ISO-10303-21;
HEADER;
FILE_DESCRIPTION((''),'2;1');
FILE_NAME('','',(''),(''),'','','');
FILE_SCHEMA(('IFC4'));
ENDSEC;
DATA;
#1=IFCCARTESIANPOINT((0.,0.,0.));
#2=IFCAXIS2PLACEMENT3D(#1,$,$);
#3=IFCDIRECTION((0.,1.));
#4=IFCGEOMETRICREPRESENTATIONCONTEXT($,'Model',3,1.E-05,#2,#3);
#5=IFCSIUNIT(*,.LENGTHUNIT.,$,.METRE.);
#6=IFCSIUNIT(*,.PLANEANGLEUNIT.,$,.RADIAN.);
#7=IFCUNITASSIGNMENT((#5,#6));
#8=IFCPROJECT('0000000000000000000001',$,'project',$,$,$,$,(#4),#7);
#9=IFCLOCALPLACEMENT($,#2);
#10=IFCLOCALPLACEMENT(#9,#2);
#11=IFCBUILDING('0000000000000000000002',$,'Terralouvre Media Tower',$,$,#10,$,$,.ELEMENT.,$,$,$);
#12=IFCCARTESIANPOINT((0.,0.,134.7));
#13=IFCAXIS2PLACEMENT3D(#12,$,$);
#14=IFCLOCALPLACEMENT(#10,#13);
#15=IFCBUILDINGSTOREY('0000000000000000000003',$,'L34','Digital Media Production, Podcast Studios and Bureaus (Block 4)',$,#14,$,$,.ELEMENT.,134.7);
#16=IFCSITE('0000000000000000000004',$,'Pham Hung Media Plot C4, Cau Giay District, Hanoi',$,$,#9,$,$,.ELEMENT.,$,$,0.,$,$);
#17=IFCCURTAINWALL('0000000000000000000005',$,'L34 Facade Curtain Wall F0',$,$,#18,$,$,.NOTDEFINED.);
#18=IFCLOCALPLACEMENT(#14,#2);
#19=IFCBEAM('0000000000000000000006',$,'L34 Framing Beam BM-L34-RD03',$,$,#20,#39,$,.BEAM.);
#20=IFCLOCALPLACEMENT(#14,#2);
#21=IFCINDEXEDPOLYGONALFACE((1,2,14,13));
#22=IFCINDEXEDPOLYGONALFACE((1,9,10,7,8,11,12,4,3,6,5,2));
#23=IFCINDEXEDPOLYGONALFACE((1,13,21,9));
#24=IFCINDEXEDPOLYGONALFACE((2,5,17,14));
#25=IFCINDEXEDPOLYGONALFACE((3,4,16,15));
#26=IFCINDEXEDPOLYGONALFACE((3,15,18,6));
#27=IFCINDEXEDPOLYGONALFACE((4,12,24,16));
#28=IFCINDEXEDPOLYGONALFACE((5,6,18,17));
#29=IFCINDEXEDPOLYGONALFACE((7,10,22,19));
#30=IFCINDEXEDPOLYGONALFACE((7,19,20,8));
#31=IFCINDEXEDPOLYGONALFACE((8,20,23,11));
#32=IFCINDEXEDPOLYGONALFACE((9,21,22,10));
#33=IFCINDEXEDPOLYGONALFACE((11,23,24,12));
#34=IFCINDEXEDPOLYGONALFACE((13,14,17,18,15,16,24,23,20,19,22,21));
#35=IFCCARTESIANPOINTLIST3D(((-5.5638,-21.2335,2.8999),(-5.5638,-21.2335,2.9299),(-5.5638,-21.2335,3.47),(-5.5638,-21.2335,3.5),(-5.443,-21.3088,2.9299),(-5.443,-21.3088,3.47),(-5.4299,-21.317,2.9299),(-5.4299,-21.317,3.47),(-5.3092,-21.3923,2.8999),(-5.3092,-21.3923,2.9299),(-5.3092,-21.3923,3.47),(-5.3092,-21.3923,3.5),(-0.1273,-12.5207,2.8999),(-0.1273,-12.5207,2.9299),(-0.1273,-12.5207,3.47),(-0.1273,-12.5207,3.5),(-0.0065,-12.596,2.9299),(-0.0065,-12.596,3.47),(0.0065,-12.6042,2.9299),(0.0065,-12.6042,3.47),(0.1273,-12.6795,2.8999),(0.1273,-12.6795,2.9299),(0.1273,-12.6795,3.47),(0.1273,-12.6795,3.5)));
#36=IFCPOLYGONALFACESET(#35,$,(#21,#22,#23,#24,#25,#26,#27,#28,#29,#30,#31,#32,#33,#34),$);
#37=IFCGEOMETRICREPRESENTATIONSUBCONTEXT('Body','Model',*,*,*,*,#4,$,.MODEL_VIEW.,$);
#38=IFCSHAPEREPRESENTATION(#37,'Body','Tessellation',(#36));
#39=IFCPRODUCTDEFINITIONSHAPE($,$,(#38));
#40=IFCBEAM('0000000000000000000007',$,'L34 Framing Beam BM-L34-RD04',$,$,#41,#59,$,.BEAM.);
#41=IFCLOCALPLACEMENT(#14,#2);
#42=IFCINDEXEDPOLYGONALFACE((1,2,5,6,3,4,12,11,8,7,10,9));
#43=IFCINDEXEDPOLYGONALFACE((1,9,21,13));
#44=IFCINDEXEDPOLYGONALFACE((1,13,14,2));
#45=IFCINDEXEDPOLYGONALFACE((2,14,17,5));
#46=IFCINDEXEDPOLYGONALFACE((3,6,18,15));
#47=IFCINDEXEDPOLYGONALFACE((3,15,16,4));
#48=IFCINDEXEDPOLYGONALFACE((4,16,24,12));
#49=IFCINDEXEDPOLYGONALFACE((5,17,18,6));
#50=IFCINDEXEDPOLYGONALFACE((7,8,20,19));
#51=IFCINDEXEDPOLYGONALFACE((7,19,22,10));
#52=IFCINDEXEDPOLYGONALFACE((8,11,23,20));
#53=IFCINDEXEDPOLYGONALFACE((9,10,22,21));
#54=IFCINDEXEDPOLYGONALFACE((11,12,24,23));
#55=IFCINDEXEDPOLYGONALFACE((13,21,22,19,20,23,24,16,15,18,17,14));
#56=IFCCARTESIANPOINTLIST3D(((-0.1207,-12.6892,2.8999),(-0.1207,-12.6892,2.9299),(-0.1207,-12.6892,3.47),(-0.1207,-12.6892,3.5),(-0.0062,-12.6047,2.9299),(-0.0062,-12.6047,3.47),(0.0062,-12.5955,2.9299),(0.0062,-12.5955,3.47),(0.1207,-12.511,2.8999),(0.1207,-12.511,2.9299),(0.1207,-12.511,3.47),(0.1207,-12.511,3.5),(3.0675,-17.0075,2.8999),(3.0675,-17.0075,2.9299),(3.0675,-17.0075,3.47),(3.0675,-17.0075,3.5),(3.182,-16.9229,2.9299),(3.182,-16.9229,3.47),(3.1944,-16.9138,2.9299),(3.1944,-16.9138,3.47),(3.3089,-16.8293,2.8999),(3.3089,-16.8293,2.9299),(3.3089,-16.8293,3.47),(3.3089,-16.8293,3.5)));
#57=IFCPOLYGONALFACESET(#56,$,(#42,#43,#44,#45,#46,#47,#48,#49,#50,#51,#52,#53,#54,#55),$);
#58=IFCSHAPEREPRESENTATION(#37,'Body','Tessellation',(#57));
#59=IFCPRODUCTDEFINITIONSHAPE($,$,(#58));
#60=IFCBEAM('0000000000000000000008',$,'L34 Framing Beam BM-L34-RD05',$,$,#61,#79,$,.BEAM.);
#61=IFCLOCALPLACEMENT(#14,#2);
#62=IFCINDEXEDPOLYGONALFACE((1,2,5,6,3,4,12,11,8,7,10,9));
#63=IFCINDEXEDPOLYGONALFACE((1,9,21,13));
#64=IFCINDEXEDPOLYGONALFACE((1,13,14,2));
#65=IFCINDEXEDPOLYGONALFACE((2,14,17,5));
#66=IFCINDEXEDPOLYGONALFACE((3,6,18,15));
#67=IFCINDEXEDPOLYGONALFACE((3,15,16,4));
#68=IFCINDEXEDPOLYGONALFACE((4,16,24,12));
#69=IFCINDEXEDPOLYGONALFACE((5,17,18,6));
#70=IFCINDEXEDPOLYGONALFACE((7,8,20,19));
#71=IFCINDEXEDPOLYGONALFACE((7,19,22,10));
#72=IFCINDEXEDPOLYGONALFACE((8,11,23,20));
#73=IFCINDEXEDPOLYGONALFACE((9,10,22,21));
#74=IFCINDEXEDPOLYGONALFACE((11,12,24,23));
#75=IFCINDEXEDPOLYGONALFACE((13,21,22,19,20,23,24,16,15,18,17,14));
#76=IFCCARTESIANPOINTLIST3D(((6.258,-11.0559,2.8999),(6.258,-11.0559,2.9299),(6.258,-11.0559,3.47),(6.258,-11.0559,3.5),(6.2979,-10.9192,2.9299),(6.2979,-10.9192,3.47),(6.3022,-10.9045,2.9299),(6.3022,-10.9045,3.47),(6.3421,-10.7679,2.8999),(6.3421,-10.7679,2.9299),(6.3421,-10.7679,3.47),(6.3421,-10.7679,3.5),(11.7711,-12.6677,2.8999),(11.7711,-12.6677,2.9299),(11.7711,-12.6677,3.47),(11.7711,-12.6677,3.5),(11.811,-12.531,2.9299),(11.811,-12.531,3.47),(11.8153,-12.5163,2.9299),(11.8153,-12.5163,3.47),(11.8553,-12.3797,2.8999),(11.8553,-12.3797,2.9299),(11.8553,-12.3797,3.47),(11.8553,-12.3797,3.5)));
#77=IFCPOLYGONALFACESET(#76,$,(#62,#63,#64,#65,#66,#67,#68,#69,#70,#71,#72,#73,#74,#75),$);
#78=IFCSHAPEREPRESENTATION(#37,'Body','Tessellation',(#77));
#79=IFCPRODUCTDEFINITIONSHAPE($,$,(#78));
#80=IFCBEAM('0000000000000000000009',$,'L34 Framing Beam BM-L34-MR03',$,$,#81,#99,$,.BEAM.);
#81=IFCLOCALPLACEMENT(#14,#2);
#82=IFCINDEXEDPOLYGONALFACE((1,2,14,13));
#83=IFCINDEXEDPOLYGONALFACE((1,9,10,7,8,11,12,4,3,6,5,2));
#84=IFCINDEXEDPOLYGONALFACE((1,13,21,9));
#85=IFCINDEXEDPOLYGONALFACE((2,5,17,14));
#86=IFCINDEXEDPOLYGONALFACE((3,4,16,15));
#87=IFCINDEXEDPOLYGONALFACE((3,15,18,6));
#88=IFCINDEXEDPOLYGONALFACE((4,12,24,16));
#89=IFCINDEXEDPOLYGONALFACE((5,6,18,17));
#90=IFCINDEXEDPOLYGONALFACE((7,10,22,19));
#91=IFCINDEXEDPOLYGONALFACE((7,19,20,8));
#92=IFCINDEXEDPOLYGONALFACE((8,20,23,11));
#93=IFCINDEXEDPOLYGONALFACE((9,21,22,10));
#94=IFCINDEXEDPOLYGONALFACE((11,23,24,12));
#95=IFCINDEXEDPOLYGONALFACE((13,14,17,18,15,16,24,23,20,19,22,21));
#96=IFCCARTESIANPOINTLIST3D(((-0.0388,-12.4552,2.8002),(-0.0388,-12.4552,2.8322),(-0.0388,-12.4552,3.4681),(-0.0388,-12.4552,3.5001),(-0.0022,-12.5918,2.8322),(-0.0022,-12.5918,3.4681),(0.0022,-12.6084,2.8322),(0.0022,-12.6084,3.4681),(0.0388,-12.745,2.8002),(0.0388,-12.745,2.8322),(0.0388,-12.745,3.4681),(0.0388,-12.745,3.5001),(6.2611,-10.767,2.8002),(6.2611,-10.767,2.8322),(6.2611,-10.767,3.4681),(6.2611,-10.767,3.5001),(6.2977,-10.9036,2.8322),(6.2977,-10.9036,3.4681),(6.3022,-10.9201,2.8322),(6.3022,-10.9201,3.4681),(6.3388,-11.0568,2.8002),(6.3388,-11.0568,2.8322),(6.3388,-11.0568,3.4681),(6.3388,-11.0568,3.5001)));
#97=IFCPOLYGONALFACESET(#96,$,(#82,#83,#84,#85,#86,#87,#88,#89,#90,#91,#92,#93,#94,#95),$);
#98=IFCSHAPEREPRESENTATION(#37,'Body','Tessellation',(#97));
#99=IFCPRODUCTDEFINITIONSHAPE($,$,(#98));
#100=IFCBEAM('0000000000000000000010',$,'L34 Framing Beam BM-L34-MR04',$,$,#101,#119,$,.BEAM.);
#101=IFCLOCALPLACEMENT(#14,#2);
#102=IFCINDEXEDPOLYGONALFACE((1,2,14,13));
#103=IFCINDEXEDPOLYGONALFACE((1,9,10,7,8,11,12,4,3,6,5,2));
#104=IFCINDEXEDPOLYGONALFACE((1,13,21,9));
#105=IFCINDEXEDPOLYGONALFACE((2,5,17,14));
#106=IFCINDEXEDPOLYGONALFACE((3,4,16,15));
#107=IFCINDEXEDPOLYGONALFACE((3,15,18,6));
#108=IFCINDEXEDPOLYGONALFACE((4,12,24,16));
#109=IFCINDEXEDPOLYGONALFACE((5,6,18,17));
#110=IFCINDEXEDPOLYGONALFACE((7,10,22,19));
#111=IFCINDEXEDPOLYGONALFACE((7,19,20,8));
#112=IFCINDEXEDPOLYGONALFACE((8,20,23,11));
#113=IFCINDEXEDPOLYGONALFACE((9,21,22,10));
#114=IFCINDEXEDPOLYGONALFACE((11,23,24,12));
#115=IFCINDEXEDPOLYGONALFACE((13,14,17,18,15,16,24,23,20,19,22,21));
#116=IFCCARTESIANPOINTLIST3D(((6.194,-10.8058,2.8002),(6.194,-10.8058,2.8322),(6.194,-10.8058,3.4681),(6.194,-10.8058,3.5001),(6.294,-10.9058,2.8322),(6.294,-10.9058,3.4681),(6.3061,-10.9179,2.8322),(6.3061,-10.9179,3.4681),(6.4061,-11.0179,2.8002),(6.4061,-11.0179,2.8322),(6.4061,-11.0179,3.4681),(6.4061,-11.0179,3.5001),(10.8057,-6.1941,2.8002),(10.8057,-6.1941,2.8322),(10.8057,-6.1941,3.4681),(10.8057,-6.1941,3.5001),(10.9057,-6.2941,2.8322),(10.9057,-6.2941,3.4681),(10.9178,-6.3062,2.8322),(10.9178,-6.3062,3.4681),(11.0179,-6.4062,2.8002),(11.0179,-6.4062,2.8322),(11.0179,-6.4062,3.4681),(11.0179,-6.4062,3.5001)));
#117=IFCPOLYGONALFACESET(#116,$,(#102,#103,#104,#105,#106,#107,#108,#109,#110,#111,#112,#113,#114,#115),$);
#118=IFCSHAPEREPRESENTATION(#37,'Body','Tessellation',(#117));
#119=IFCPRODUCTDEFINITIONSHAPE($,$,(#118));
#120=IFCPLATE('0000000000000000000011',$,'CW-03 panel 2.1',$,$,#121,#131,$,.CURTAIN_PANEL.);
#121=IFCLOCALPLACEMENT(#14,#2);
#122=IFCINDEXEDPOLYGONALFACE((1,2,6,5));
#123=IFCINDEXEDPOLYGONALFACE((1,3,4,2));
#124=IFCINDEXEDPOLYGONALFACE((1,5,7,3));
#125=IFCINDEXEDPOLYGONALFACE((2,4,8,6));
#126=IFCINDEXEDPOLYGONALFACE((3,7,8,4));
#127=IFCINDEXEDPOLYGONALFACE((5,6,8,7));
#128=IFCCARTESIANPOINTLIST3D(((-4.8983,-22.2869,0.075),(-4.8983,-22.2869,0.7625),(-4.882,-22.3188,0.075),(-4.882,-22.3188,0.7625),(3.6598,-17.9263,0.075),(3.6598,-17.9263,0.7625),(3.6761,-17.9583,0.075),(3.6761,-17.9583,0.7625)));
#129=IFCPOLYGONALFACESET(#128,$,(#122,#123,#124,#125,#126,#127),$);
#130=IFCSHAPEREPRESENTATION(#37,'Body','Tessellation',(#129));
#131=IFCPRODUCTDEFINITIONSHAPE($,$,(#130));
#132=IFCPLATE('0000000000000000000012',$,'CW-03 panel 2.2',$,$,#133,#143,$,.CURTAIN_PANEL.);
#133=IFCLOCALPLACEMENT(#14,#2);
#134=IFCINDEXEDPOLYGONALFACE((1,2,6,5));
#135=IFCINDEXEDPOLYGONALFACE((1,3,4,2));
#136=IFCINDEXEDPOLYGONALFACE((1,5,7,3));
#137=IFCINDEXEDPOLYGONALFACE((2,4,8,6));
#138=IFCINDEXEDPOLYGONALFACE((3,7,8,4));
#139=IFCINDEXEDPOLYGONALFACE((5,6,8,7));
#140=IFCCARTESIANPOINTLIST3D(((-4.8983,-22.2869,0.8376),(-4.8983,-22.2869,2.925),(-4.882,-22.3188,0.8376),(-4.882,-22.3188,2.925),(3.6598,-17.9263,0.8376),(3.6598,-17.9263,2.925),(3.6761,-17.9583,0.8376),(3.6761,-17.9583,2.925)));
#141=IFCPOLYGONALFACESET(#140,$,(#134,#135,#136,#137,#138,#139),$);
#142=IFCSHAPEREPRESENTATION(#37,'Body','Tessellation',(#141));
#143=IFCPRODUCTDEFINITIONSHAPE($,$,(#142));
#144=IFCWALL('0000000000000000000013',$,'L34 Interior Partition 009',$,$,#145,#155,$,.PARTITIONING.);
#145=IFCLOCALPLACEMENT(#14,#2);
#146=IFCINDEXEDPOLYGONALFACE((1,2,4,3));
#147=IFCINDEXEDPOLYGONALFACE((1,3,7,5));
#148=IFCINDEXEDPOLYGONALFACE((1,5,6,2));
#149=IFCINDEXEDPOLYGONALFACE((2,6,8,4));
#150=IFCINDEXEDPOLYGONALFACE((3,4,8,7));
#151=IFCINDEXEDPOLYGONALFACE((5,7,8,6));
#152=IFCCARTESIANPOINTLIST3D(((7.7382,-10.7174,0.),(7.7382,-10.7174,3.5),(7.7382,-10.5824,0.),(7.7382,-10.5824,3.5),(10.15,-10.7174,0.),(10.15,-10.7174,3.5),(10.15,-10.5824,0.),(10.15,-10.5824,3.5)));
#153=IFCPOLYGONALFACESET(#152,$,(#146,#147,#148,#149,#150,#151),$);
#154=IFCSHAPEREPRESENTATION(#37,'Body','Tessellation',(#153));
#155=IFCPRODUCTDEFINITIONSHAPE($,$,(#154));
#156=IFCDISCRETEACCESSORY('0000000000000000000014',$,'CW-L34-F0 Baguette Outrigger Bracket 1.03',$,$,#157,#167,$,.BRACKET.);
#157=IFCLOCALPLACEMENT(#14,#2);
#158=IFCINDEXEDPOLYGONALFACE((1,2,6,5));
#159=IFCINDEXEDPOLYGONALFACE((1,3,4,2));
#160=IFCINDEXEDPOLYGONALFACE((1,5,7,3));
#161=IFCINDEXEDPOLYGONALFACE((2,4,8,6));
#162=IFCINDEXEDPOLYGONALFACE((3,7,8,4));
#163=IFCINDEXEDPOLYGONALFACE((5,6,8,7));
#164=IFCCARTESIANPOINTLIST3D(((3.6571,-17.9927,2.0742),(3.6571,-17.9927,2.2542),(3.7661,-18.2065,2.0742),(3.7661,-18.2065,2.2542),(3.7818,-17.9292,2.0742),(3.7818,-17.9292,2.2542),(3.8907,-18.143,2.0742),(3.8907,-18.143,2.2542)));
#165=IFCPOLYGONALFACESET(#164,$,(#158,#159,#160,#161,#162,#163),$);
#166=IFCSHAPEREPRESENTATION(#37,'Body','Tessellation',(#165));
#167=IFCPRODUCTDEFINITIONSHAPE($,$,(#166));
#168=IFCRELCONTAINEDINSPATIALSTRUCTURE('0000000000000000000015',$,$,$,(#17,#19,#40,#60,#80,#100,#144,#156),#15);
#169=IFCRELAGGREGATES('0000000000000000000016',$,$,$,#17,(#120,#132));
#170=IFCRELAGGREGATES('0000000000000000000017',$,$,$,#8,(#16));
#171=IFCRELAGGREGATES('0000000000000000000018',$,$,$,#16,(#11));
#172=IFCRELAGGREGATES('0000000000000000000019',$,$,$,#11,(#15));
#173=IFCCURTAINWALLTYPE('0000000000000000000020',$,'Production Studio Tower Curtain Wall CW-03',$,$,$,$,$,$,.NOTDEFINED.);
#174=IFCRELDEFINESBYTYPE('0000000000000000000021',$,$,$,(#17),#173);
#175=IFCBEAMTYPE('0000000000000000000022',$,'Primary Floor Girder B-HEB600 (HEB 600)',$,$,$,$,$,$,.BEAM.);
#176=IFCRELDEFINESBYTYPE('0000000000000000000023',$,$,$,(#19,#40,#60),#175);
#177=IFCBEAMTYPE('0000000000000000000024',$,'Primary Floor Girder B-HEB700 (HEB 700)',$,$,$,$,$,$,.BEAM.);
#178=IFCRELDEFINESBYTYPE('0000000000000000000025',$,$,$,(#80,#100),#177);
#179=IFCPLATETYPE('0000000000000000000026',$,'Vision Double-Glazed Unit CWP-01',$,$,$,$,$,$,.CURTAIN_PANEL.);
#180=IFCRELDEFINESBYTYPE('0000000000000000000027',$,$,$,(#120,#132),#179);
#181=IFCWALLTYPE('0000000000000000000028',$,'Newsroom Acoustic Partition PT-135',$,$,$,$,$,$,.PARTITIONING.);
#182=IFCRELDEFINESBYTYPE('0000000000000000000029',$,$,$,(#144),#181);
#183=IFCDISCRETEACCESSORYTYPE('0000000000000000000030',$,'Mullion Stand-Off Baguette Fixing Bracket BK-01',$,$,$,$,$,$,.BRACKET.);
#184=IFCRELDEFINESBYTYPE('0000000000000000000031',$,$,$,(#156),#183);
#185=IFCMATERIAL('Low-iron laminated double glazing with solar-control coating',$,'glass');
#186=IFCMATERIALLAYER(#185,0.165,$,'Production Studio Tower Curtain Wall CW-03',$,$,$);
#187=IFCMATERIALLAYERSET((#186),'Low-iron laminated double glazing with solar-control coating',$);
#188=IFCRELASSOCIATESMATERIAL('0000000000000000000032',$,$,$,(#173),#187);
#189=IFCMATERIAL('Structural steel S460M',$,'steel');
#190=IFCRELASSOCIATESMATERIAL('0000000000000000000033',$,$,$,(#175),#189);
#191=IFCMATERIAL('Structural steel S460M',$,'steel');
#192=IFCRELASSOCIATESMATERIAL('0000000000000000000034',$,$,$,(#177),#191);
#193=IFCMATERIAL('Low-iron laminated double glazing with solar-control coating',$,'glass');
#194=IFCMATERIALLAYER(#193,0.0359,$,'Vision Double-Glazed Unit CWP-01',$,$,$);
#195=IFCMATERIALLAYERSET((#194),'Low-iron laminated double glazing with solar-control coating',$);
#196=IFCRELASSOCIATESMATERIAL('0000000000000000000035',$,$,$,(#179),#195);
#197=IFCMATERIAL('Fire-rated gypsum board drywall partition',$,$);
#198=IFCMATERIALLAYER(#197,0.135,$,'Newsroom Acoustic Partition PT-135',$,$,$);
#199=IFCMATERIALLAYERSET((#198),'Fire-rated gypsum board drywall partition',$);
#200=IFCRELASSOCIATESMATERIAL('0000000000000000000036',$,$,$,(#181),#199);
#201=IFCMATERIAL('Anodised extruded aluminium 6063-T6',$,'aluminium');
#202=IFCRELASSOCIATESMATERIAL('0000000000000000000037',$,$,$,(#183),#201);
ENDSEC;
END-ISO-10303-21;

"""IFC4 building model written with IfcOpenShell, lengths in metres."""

from ifc_helpers import new_model, si_unit, direction, frame, frame_2d, origin, origin_2d, place, context, subcontext, project, spatial, rectangle, i_section, extrude, material, layer, layer_set, material_profile, profile_set, type_object, element, aggregate, save


model = new_model("IFC4")

# Units and contexts
model_context = context("Model", 3, precision=1e-05, world=origin(), true_north=direction((0.0, 1.0)))
body_context = subcontext(model_context, "Body", "Model", "MODEL_VIEW")
ifc_project = project(units=[si_unit("LENGTHUNIT", "METRE"), si_unit("PLANEANGLEUNIT", "RADIAN")], contexts=[model_context])

# Site, building, storey
site_placement = place(None, origin())
site = spatial("IfcSite", under=ifc_project, at=site_placement, Name="Pham Hung Media Plot C4, Cau Giay District, Hanoi", CompositionType="ELEMENT", RefElevation=0.0)
building_placement = place(site_placement, origin())
building = spatial("IfcBuilding", under=site, at=building_placement, Name="Terralouvre Media Tower", CompositionType="ELEMENT")
storey_placement = place(building_placement, frame((0.0, 0.0, 134.7)))
storey = spatial("IfcBuildingStorey", under=building, at=storey_placement, Name="L34", Description="Digital Media Production, Podcast Studios and Bureaus (Block 4)", CompositionType="ELEMENT", Elevation=134.7)

# Curtain wall
ifc_material_1 = material(Name="Low-iron laminated double glazing with solar-control coating", Category="glass")
ifc_layer_1 = layer(ifc_material_1, 0.165, Name="Production Studio Tower Curtain Wall CW-03")
ifc_layer_set_1 = layer_set([ifc_layer_1], Name="Low-iron laminated double glazing with solar-control coating")
curtain_wall_type = type_object("IfcCurtainWallType", Name="Production Studio Tower Curtain Wall CW-03", PredefinedType="NOTDEFINED", material=ifc_layer_set_1)
curtain_wall_placement = place(storey_placement, origin())
curtain_wall = element("IfcCurtainWall", 1, at=curtain_wall_placement, inside=storey, type_object=curtain_wall_type, Name="L34 Facade Curtain Wall F0", PredefinedType="NOTDEFINED")

# Beams
ifc_material_2 = material(Name="Structural steel S460M", Category="steel")
ifc_material_profile_1 = material_profile(ifc_material_2, i_section(OverallWidth=0.3, OverallDepth=0.6001, WebThickness=0.0154, FlangeThickness=0.03, at=origin_2d()), Name="HEB 600")
ifc_profile_set_1 = profile_set([ifc_material_profile_1], Name="Structural steel S460M")
beam_type_1 = type_object("IfcBeamType", Name="Primary Floor Girder B-HEB600 (HEB 600)", PredefinedType="BEAM", material=ifc_profile_set_1)
beam_1_placement = place(storey_placement, frame((0.0, -12.6001, 3.2), z_axis=(-0.529366, -0.848393, 0.0), x_axis=(0.848393, -0.529366, 0.0)))
element("IfcBeam", 2, at=beam_1_placement, inside=storey, type_object=beam_type_1, Name="L34 Framing Beam BM-L34-RD03", PredefinedType="BEAM", context=body_context, shape_type="SweptSolid", body=[
    extrude(i_section(OverallWidth=0.3, OverallDepth=0.6001, WebThickness=0.0154, FlangeThickness=0.03, at=origin_2d()), origin(), (0.0, 0.0, 1.0), 10.2698),
])
beam_2_placement = place(storey_placement, frame((0.0, -12.6001, 3.2), z_axis=(0.593957, -0.804496, 0.0), x_axis=(0.804496, 0.593957, 0.0)))
element("IfcBeam", 3, at=beam_2_placement, inside=storey, type_object=beam_type_1, Name="L34 Framing Beam BM-L34-RD04", PredefinedType="BEAM", context=body_context, shape_type="SweptSolid", body=[
    extrude(i_section(OverallWidth=0.3, OverallDepth=0.6001, WebThickness=0.0154, FlangeThickness=0.03, at=origin_2d()), origin(), (0.0, 0.0, 1.0), 5.3677),
])
beam_3_placement = place(storey_placement, frame((6.3, -10.9119, 3.2), z_axis=(0.959822, -0.28061, 0.0), x_axis=(0.28061, 0.959822, 0.0)))
element("IfcBeam", 4, at=beam_3_placement, inside=storey, type_object=beam_type_1, Name="L34 Framing Beam BM-L34-RD05", PredefinedType="BEAM", context=body_context, shape_type="SweptSolid", body=[
    extrude(i_section(OverallWidth=0.3, OverallDepth=0.6001, WebThickness=0.0154, FlangeThickness=0.03, at=origin_2d()), origin(), (0.0, 0.0, 1.0), 5.7439),
])
ifc_material_3 = material(Name="Structural steel S460M", Category="steel")
ifc_material_profile_2 = material_profile(ifc_material_3, i_section(OverallWidth=0.3, OverallDepth=0.7, WebThickness=0.0171, FlangeThickness=0.032, at=origin_2d()), Name="HEB 700")
ifc_profile_set_2 = profile_set([ifc_material_profile_2], Name="Structural steel S460M")
beam_type_2 = type_object("IfcBeamType", Name="Primary Floor Girder B-HEB700 (HEB 700)", PredefinedType="BEAM", material=ifc_profile_set_2)
beam_4_placement = place(storey_placement, frame((0.0, -12.6001, 3.1501), z_axis=(0.96592, 0.258839, 0.0), x_axis=(-0.258839, 0.96592, 0.0)))
element("IfcBeam", 5, at=beam_4_placement, inside=storey, type_object=beam_type_2, Name="L34 Framing Beam BM-L34-MR03", PredefinedType="BEAM", context=body_context, shape_type="SweptSolid", body=[
    extrude(i_section(OverallWidth=0.3, OverallDepth=0.7, WebThickness=0.0171, FlangeThickness=0.032, at=origin_2d()), origin(), (0.0, 0.0, 1.0), 6.5222),
])
beam_5_placement = place(storey_placement, frame((6.3, -10.9119, 3.1501), z_axis=(0.707107, 0.707107, 0.0), x_axis=(-0.707107, 0.707107, 0.0)))
element("IfcBeam", 6, at=beam_5_placement, inside=storey, type_object=beam_type_2, Name="L34 Framing Beam BM-L34-MR04", PredefinedType="BEAM", context=body_context, shape_type="SweptSolid", body=[
    extrude(i_section(OverallWidth=0.3, OverallDepth=0.7, WebThickness=0.0171, FlangeThickness=0.032, at=origin_2d()), origin(), (0.0, 0.0, 1.0), 6.522),
])

# Plates
ifc_material_4 = material(Name="Low-iron laminated double glazing with solar-control coating", Category="glass")
ifc_layer_2 = layer(ifc_material_4, 0.0359, Name="Vision Double-Glazed Unit CWP-01")
ifc_layer_set_2 = layer_set([ifc_layer_2], Name="Low-iron laminated double glazing with solar-control coating")
plate_type = type_object("IfcPlateType", Name="Vision Double-Glazed Unit CWP-01", PredefinedType="CURTAIN_PANEL", material=ifc_layer_set_2)
plate_1_placement = place(storey_placement, frame((-0.6111, -20.1226, 0.075), z_axis=(0.0, 0.0, 1.0), x_axis=(0.891007, 0.453991, 0.0)))
plate_1 = element("IfcPlate", 7, at=plate_1_placement, type_object=plate_type, Name="CW-03 panel 2.1", PredefinedType="CURTAIN_PANEL", context=body_context, shape_type="SweptSolid", body=[
    extrude(rectangle(XDim=9.605, YDim=0.0359, at=origin_2d()), origin(), (0.0, 0.0, 1.0), 0.6875),
])
plate_2_placement = place(storey_placement, frame((-0.6111, -20.1226, 0.8376), z_axis=(0.0, 0.0, 1.0), x_axis=(0.891007, 0.453991, 0.0)))
plate_2 = element("IfcPlate", 8, at=plate_2_placement, type_object=plate_type, Name="CW-03 panel 2.2", PredefinedType="CURTAIN_PANEL", context=body_context, shape_type="SweptSolid", body=[
    extrude(rectangle(XDim=9.605, YDim=0.0359, at=origin_2d()), origin(), (0.0, 0.0, 1.0), 2.0874),
])
aggregate(curtain_wall, [plate_1, plate_2])

# Wall
ifc_material_5 = material(Name="Fire-rated gypsum board drywall partition")
ifc_layer_3 = layer(ifc_material_5, 0.135, Name="Newsroom Acoustic Partition PT-135")
ifc_layer_set_3 = layer_set([ifc_layer_3], Name="Fire-rated gypsum board drywall partition")
wall_type = type_object("IfcWallType", Name="Newsroom Acoustic Partition PT-135", PredefinedType="PARTITIONING", material=ifc_layer_set_3)
wall_placement = place(storey_placement, frame((7.738, -10.6499, 0.0), z_axis=(0.0, 0.0, 1.0), x_axis=(1.0, 0.0, 0.0)))
element("IfcWall", 9, at=wall_placement, inside=storey, type_object=wall_type, Name="L34 Interior Partition 009", PredefinedType="PARTITIONING", context=body_context, shape_type="SweptSolid", body=[
    extrude(rectangle(XDim=2.4119, YDim=0.135, at=frame_2d((1.2061, 0.0))), origin(), (0.0, 0.0, 1.0), 3.5),
])

# Discrete accessory
ifc_material_6 = material(Name="Anodised extruded aluminium 6063-T6", Category="aluminium")
discrete_accessory_type = type_object("IfcDiscreteAccessoryType", Name="Mullion Stand-Off Baguette Fixing Bracket BK-01", PredefinedType="BRACKET", material=ifc_material_6)
discrete_accessory_placement = place(storey_placement, frame((3.7739, -18.0679, 2.0742), z_axis=(0.0, 0.0, 1.0), x_axis=(0.891007, 0.453991, 0.0)))
element("IfcDiscreteAccessory", 10, at=discrete_accessory_placement, inside=storey, type_object=discrete_accessory_type, Name="CW-L34-F0 Baguette Outrigger Bracket 1.03", PredefinedType="BRACKET", context=body_context, shape_type="SweptSolid", body=[
    extrude(rectangle(XDim=0.1399, YDim=0.24, at=origin_2d()), origin(), (0.0, 0.0, 1.0), 0.1799),
])

save(model, "model.ifc")
